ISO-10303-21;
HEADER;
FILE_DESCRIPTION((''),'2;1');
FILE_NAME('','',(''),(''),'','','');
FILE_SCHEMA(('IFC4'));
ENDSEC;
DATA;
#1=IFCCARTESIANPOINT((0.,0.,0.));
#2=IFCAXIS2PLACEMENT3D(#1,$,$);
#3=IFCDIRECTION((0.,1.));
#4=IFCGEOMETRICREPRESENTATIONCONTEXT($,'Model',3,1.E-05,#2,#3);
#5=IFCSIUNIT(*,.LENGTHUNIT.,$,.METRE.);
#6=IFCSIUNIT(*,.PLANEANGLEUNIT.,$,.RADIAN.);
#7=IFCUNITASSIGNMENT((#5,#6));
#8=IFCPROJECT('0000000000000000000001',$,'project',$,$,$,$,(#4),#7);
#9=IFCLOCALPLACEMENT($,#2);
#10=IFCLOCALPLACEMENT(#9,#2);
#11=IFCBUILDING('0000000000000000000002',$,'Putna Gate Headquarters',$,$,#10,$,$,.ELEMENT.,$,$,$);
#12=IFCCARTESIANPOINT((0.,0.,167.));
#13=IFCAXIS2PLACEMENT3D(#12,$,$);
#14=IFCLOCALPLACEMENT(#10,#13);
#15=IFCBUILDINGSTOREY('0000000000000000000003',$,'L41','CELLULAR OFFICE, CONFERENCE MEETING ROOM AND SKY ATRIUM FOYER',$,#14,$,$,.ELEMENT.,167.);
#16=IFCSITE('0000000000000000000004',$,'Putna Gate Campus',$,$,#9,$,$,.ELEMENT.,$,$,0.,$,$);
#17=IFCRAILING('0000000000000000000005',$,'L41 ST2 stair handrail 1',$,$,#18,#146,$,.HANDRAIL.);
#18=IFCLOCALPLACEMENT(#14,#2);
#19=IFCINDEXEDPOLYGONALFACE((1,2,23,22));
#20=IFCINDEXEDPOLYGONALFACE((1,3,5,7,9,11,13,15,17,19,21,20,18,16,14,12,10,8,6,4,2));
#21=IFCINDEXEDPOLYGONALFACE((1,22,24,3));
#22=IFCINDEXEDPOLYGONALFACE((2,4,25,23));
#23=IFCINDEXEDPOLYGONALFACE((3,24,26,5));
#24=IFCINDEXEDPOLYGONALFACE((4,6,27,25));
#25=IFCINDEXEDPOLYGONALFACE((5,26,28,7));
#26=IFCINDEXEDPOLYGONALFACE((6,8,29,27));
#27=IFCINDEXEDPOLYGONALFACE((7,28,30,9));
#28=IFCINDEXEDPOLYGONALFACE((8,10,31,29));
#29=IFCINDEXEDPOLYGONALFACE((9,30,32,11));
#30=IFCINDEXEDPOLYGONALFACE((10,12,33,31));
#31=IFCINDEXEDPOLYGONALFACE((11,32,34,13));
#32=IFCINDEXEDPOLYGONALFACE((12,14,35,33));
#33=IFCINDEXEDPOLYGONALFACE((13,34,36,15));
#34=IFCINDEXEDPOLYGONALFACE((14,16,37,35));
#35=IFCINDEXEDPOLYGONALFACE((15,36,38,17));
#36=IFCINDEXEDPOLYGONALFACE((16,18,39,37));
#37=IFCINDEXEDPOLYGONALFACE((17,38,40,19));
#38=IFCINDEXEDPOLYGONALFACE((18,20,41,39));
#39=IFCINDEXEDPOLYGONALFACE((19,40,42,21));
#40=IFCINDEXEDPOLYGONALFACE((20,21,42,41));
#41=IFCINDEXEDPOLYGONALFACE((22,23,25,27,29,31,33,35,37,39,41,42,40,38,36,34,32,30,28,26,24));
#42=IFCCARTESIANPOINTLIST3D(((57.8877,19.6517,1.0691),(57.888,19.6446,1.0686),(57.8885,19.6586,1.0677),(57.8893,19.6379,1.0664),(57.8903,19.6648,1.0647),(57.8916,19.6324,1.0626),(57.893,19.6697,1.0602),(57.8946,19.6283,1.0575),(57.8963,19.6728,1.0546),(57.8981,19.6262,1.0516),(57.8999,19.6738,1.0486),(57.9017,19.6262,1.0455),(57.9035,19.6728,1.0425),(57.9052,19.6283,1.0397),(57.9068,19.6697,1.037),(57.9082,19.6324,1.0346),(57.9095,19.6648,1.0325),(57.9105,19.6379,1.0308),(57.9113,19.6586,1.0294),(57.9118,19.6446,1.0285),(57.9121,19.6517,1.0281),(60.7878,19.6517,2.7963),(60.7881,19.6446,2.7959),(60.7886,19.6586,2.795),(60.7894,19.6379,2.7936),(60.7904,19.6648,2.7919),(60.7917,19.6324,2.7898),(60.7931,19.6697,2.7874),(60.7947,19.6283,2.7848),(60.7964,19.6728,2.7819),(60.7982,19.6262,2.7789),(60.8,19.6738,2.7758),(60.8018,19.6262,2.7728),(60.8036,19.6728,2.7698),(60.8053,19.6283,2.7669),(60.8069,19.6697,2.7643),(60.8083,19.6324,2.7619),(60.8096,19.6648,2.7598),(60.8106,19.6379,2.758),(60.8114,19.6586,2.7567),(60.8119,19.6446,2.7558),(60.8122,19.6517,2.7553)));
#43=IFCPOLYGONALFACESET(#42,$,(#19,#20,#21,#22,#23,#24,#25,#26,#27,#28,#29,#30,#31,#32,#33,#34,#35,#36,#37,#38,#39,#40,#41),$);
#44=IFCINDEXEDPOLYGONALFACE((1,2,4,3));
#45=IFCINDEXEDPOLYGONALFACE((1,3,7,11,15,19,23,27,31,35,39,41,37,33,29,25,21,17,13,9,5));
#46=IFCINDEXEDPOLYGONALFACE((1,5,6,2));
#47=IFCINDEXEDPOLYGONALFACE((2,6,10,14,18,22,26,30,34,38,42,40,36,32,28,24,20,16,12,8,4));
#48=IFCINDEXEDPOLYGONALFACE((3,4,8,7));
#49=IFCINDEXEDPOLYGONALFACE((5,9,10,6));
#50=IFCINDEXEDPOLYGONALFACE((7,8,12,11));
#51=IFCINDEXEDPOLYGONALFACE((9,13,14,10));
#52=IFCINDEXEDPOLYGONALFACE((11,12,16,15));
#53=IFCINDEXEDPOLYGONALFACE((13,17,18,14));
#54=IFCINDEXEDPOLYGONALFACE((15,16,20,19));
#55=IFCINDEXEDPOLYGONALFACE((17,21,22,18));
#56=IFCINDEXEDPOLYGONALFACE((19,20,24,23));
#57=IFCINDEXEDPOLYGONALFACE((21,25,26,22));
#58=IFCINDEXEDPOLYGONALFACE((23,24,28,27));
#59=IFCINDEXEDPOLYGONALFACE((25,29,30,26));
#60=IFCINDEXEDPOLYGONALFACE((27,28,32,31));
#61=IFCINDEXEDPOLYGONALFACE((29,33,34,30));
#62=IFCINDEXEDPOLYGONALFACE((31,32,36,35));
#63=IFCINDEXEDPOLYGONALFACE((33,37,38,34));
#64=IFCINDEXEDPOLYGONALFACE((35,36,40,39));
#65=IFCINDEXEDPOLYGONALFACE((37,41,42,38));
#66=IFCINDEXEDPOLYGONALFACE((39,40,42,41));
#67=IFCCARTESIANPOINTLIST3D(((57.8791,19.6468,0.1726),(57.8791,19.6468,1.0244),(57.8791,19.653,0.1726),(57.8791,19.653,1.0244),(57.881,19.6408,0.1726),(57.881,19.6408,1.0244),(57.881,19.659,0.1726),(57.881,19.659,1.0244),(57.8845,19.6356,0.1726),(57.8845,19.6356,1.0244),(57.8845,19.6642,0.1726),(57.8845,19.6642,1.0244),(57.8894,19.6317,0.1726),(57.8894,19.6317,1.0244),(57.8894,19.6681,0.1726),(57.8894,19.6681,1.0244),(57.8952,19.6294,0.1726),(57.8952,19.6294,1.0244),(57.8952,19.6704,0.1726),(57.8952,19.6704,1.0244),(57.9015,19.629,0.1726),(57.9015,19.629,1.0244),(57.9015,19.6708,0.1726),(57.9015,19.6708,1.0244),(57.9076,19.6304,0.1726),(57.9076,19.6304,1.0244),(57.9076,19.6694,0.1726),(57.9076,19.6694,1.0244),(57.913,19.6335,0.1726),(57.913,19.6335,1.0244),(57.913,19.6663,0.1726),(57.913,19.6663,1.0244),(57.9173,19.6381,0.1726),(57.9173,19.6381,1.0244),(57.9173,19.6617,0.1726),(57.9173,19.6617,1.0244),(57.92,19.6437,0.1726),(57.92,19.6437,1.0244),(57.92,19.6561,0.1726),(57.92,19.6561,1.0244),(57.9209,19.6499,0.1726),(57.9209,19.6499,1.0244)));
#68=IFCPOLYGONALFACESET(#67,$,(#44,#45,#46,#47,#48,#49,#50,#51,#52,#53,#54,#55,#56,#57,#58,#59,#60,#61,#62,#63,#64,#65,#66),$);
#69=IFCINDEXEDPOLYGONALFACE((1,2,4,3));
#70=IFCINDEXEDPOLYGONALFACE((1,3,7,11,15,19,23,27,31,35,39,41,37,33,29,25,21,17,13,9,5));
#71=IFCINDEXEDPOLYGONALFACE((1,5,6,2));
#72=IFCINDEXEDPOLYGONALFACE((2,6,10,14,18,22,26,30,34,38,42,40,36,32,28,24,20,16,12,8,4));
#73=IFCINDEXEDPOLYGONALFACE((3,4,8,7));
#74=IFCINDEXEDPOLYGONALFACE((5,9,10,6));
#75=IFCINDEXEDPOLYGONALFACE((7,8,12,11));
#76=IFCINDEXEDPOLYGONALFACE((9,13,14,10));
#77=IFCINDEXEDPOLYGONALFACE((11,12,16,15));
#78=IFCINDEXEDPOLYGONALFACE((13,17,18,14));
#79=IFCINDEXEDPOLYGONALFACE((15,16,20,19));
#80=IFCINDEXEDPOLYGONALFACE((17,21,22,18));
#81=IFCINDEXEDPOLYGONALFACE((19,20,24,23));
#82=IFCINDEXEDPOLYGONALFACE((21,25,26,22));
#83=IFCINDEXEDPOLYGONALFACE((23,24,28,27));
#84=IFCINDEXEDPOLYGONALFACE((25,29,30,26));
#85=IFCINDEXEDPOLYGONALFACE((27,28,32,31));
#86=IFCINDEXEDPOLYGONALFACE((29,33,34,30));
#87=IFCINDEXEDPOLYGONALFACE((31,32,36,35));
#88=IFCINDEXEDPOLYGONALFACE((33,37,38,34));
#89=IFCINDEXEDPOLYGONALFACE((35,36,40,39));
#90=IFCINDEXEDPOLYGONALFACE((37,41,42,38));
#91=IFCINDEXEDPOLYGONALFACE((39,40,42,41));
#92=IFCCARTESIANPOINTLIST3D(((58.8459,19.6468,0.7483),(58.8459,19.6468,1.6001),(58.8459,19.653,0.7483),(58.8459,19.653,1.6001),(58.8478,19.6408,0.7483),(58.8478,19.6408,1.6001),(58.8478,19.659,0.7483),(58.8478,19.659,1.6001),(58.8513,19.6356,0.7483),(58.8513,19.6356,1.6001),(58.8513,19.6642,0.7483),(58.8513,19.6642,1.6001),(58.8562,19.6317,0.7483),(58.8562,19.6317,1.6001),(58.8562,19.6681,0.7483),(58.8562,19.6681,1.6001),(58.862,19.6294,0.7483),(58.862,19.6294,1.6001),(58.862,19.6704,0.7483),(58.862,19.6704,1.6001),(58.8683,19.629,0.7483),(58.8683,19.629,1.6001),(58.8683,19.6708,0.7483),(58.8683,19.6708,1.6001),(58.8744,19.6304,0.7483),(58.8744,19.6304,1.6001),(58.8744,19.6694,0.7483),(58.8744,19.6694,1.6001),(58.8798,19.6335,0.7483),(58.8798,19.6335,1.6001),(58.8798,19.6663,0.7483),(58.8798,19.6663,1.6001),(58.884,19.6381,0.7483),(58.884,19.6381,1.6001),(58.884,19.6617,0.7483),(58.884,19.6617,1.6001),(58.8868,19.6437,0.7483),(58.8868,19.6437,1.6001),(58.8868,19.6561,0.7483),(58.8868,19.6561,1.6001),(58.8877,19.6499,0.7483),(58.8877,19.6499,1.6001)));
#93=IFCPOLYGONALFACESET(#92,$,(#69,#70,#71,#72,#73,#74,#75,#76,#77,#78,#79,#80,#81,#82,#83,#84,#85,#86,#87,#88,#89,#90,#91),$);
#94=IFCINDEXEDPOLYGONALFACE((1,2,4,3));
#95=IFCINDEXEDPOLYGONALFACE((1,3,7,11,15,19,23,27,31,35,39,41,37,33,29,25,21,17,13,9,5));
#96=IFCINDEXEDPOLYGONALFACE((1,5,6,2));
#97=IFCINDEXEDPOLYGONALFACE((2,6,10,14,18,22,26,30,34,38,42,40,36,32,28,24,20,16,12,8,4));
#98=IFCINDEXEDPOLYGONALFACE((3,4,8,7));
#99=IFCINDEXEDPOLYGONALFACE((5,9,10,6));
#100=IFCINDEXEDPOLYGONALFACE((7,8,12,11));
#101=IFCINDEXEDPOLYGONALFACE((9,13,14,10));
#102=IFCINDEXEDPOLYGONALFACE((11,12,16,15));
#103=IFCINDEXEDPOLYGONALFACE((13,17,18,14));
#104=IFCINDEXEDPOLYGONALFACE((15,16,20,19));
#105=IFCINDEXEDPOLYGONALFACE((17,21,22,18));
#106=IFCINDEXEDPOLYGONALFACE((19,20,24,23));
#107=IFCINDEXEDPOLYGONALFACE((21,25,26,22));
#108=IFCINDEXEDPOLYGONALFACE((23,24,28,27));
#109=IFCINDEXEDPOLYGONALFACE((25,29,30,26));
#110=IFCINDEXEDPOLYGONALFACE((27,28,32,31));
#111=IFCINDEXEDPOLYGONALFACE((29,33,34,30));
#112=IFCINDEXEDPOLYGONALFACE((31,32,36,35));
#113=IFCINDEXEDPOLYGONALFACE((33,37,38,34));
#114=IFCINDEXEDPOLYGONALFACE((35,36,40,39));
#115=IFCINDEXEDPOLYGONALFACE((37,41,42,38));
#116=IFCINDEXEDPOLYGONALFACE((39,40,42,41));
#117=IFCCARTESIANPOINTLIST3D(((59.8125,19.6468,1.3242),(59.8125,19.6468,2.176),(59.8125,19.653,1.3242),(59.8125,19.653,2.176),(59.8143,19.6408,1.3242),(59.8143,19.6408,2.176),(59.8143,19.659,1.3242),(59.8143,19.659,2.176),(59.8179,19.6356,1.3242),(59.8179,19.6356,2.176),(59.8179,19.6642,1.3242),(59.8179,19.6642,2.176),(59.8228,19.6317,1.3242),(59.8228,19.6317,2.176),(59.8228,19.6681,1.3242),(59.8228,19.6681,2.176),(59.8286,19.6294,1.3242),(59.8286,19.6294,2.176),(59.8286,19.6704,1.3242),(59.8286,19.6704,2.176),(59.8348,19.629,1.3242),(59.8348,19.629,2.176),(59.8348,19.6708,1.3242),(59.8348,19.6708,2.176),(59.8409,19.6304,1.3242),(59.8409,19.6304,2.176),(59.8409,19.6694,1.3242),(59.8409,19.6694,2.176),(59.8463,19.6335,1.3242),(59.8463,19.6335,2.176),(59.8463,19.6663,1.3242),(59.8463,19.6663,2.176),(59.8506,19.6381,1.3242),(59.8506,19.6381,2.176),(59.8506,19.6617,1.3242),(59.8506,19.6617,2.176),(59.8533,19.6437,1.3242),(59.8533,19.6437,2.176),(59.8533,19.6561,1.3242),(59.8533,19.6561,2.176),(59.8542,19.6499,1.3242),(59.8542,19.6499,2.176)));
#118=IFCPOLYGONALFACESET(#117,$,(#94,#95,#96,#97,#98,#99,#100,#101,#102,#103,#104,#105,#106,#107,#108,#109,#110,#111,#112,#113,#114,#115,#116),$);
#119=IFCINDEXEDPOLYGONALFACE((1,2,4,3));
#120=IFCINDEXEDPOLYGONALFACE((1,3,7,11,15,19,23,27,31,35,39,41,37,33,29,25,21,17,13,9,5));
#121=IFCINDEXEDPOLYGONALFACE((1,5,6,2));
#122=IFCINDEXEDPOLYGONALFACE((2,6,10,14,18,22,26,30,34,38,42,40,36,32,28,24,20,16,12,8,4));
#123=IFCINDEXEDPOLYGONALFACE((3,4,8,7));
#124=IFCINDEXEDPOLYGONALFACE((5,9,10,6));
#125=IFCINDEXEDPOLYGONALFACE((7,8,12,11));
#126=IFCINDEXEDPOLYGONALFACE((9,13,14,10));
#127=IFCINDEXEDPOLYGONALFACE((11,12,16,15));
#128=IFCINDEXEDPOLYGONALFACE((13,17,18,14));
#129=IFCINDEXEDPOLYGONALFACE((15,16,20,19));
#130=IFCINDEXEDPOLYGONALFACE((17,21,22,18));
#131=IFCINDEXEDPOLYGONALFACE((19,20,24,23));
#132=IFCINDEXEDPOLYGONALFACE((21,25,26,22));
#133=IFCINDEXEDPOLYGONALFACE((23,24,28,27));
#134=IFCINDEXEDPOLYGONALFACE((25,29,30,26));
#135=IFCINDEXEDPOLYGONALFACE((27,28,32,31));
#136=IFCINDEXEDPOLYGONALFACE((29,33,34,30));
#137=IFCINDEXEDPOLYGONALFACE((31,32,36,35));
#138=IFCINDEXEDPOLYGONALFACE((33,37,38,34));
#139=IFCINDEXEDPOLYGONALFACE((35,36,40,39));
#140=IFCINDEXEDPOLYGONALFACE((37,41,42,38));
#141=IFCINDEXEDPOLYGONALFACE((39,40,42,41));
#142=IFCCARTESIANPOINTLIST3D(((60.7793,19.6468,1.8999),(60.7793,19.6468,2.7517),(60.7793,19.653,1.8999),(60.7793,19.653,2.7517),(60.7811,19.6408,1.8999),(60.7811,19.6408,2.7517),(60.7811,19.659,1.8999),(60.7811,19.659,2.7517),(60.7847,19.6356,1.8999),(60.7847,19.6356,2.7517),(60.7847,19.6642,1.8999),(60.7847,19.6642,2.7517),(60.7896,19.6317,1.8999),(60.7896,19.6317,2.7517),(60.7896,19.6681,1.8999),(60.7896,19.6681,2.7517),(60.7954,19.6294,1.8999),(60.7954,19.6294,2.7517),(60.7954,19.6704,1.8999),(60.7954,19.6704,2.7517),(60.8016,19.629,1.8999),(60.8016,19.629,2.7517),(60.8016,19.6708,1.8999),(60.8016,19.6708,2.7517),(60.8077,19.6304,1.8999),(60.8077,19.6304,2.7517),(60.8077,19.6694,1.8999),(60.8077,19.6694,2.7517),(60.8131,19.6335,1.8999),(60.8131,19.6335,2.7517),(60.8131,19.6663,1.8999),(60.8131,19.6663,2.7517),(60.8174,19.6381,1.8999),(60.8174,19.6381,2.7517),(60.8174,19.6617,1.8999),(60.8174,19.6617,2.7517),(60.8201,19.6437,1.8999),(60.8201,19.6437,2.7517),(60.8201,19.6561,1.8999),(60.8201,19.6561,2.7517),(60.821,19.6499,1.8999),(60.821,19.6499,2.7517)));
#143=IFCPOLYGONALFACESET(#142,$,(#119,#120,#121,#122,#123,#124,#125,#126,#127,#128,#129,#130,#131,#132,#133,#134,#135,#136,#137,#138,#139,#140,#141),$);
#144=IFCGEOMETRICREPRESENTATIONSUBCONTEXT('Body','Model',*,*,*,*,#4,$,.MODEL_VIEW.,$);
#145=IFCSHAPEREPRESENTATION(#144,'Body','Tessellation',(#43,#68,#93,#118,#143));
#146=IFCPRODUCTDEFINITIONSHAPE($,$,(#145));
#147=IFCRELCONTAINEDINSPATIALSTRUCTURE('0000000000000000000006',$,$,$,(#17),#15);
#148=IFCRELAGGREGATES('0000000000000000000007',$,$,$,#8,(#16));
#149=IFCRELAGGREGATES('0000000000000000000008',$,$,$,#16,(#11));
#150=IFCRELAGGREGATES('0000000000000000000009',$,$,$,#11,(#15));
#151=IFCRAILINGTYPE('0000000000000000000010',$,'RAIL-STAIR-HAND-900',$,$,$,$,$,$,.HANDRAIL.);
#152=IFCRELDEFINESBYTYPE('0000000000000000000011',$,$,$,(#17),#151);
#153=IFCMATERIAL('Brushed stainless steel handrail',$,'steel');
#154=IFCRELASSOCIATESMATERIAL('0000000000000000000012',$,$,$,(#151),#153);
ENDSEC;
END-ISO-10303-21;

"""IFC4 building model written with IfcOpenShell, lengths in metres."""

from ifc_helpers import new_model, si_unit, direction, frame, origin, origin_2d, place, context, subcontext, project, spatial, circle, extrude, material, type_object, element, save


model = new_model("IFC4")

# Units and contexts
model_context = context("Model", 3, precision=1e-05, world=origin(), true_north=direction((0.0, 1.0)))
body_context = subcontext(model_context, "Body", "Model", "MODEL_VIEW")
ifc_project = project(units=[si_unit("LENGTHUNIT", "METRE"), si_unit("PLANEANGLEUNIT", "RADIAN")], contexts=[model_context])

# Site, building, storey
site_placement = place(None, origin())
site = spatial("IfcSite", under=ifc_project, at=site_placement, Name="Putna Gate Campus", CompositionType="ELEMENT", RefElevation=0.0)
building_placement = place(site_placement, origin())
building = spatial("IfcBuilding", under=site, at=building_placement, Name="Putna Gate Headquarters", CompositionType="ELEMENT")
storey_placement = place(building_placement, frame((0.0, 0.0, 167.0)))
storey = spatial("IfcBuildingStorey", under=building, at=storey_placement, Name="L41", Description="CELLULAR OFFICE, CONFERENCE MEETING ROOM AND SKY ATRIUM FOYER", CompositionType="ELEMENT", Elevation=167.0)

# Railing
ifc_material_1 = material(Name="Brushed stainless steel handrail", Category="steel")
railing_type_1 = type_object("IfcRailingType", Name="RAIL-STAIR-HAND-900", PredefinedType="HANDRAIL", material=ifc_material_1)
railing_1_placement = place(storey_placement, frame((57.8999, 19.6499, 0.1726)))
element("IfcRailing", 1, at=railing_1_placement, inside=storey, type_object=railing_type_1, Name="L41 ST2 stair handrail 1", PredefinedType="HANDRAIL", context=body_context, shape_type="SweptSolid", body=[
    extrude(circle(Radius=0.0239, at=origin_2d()), frame((0.0, 0.0, 0.876), z_axis=(0.85916, 0.0, 0.511706), x_axis=(0.0, 1.0, 0.0)), (0.0, 0.0, 1.0), 3.3755),
    extrude(circle(Radius=0.021, at=origin_2d()), origin(), (0.0, 0.0, 1.0), 0.8518),
    extrude(circle(Radius=0.021, at=origin_2d()), frame((0.9668, 0.0, 0.5757)), (0.0, 0.0, 1.0), 0.8518),
    extrude(circle(Radius=0.021, at=origin_2d()), frame((1.9333, 0.0, 1.1516)), (0.0, 0.0, 1.0), 0.8518),
    extrude(circle(Radius=0.021, at=origin_2d()), frame((2.9001, 0.0, 1.7273)), (0.0, 0.0, 1.0), 0.8518),
])

save(model, "model.ifc")
